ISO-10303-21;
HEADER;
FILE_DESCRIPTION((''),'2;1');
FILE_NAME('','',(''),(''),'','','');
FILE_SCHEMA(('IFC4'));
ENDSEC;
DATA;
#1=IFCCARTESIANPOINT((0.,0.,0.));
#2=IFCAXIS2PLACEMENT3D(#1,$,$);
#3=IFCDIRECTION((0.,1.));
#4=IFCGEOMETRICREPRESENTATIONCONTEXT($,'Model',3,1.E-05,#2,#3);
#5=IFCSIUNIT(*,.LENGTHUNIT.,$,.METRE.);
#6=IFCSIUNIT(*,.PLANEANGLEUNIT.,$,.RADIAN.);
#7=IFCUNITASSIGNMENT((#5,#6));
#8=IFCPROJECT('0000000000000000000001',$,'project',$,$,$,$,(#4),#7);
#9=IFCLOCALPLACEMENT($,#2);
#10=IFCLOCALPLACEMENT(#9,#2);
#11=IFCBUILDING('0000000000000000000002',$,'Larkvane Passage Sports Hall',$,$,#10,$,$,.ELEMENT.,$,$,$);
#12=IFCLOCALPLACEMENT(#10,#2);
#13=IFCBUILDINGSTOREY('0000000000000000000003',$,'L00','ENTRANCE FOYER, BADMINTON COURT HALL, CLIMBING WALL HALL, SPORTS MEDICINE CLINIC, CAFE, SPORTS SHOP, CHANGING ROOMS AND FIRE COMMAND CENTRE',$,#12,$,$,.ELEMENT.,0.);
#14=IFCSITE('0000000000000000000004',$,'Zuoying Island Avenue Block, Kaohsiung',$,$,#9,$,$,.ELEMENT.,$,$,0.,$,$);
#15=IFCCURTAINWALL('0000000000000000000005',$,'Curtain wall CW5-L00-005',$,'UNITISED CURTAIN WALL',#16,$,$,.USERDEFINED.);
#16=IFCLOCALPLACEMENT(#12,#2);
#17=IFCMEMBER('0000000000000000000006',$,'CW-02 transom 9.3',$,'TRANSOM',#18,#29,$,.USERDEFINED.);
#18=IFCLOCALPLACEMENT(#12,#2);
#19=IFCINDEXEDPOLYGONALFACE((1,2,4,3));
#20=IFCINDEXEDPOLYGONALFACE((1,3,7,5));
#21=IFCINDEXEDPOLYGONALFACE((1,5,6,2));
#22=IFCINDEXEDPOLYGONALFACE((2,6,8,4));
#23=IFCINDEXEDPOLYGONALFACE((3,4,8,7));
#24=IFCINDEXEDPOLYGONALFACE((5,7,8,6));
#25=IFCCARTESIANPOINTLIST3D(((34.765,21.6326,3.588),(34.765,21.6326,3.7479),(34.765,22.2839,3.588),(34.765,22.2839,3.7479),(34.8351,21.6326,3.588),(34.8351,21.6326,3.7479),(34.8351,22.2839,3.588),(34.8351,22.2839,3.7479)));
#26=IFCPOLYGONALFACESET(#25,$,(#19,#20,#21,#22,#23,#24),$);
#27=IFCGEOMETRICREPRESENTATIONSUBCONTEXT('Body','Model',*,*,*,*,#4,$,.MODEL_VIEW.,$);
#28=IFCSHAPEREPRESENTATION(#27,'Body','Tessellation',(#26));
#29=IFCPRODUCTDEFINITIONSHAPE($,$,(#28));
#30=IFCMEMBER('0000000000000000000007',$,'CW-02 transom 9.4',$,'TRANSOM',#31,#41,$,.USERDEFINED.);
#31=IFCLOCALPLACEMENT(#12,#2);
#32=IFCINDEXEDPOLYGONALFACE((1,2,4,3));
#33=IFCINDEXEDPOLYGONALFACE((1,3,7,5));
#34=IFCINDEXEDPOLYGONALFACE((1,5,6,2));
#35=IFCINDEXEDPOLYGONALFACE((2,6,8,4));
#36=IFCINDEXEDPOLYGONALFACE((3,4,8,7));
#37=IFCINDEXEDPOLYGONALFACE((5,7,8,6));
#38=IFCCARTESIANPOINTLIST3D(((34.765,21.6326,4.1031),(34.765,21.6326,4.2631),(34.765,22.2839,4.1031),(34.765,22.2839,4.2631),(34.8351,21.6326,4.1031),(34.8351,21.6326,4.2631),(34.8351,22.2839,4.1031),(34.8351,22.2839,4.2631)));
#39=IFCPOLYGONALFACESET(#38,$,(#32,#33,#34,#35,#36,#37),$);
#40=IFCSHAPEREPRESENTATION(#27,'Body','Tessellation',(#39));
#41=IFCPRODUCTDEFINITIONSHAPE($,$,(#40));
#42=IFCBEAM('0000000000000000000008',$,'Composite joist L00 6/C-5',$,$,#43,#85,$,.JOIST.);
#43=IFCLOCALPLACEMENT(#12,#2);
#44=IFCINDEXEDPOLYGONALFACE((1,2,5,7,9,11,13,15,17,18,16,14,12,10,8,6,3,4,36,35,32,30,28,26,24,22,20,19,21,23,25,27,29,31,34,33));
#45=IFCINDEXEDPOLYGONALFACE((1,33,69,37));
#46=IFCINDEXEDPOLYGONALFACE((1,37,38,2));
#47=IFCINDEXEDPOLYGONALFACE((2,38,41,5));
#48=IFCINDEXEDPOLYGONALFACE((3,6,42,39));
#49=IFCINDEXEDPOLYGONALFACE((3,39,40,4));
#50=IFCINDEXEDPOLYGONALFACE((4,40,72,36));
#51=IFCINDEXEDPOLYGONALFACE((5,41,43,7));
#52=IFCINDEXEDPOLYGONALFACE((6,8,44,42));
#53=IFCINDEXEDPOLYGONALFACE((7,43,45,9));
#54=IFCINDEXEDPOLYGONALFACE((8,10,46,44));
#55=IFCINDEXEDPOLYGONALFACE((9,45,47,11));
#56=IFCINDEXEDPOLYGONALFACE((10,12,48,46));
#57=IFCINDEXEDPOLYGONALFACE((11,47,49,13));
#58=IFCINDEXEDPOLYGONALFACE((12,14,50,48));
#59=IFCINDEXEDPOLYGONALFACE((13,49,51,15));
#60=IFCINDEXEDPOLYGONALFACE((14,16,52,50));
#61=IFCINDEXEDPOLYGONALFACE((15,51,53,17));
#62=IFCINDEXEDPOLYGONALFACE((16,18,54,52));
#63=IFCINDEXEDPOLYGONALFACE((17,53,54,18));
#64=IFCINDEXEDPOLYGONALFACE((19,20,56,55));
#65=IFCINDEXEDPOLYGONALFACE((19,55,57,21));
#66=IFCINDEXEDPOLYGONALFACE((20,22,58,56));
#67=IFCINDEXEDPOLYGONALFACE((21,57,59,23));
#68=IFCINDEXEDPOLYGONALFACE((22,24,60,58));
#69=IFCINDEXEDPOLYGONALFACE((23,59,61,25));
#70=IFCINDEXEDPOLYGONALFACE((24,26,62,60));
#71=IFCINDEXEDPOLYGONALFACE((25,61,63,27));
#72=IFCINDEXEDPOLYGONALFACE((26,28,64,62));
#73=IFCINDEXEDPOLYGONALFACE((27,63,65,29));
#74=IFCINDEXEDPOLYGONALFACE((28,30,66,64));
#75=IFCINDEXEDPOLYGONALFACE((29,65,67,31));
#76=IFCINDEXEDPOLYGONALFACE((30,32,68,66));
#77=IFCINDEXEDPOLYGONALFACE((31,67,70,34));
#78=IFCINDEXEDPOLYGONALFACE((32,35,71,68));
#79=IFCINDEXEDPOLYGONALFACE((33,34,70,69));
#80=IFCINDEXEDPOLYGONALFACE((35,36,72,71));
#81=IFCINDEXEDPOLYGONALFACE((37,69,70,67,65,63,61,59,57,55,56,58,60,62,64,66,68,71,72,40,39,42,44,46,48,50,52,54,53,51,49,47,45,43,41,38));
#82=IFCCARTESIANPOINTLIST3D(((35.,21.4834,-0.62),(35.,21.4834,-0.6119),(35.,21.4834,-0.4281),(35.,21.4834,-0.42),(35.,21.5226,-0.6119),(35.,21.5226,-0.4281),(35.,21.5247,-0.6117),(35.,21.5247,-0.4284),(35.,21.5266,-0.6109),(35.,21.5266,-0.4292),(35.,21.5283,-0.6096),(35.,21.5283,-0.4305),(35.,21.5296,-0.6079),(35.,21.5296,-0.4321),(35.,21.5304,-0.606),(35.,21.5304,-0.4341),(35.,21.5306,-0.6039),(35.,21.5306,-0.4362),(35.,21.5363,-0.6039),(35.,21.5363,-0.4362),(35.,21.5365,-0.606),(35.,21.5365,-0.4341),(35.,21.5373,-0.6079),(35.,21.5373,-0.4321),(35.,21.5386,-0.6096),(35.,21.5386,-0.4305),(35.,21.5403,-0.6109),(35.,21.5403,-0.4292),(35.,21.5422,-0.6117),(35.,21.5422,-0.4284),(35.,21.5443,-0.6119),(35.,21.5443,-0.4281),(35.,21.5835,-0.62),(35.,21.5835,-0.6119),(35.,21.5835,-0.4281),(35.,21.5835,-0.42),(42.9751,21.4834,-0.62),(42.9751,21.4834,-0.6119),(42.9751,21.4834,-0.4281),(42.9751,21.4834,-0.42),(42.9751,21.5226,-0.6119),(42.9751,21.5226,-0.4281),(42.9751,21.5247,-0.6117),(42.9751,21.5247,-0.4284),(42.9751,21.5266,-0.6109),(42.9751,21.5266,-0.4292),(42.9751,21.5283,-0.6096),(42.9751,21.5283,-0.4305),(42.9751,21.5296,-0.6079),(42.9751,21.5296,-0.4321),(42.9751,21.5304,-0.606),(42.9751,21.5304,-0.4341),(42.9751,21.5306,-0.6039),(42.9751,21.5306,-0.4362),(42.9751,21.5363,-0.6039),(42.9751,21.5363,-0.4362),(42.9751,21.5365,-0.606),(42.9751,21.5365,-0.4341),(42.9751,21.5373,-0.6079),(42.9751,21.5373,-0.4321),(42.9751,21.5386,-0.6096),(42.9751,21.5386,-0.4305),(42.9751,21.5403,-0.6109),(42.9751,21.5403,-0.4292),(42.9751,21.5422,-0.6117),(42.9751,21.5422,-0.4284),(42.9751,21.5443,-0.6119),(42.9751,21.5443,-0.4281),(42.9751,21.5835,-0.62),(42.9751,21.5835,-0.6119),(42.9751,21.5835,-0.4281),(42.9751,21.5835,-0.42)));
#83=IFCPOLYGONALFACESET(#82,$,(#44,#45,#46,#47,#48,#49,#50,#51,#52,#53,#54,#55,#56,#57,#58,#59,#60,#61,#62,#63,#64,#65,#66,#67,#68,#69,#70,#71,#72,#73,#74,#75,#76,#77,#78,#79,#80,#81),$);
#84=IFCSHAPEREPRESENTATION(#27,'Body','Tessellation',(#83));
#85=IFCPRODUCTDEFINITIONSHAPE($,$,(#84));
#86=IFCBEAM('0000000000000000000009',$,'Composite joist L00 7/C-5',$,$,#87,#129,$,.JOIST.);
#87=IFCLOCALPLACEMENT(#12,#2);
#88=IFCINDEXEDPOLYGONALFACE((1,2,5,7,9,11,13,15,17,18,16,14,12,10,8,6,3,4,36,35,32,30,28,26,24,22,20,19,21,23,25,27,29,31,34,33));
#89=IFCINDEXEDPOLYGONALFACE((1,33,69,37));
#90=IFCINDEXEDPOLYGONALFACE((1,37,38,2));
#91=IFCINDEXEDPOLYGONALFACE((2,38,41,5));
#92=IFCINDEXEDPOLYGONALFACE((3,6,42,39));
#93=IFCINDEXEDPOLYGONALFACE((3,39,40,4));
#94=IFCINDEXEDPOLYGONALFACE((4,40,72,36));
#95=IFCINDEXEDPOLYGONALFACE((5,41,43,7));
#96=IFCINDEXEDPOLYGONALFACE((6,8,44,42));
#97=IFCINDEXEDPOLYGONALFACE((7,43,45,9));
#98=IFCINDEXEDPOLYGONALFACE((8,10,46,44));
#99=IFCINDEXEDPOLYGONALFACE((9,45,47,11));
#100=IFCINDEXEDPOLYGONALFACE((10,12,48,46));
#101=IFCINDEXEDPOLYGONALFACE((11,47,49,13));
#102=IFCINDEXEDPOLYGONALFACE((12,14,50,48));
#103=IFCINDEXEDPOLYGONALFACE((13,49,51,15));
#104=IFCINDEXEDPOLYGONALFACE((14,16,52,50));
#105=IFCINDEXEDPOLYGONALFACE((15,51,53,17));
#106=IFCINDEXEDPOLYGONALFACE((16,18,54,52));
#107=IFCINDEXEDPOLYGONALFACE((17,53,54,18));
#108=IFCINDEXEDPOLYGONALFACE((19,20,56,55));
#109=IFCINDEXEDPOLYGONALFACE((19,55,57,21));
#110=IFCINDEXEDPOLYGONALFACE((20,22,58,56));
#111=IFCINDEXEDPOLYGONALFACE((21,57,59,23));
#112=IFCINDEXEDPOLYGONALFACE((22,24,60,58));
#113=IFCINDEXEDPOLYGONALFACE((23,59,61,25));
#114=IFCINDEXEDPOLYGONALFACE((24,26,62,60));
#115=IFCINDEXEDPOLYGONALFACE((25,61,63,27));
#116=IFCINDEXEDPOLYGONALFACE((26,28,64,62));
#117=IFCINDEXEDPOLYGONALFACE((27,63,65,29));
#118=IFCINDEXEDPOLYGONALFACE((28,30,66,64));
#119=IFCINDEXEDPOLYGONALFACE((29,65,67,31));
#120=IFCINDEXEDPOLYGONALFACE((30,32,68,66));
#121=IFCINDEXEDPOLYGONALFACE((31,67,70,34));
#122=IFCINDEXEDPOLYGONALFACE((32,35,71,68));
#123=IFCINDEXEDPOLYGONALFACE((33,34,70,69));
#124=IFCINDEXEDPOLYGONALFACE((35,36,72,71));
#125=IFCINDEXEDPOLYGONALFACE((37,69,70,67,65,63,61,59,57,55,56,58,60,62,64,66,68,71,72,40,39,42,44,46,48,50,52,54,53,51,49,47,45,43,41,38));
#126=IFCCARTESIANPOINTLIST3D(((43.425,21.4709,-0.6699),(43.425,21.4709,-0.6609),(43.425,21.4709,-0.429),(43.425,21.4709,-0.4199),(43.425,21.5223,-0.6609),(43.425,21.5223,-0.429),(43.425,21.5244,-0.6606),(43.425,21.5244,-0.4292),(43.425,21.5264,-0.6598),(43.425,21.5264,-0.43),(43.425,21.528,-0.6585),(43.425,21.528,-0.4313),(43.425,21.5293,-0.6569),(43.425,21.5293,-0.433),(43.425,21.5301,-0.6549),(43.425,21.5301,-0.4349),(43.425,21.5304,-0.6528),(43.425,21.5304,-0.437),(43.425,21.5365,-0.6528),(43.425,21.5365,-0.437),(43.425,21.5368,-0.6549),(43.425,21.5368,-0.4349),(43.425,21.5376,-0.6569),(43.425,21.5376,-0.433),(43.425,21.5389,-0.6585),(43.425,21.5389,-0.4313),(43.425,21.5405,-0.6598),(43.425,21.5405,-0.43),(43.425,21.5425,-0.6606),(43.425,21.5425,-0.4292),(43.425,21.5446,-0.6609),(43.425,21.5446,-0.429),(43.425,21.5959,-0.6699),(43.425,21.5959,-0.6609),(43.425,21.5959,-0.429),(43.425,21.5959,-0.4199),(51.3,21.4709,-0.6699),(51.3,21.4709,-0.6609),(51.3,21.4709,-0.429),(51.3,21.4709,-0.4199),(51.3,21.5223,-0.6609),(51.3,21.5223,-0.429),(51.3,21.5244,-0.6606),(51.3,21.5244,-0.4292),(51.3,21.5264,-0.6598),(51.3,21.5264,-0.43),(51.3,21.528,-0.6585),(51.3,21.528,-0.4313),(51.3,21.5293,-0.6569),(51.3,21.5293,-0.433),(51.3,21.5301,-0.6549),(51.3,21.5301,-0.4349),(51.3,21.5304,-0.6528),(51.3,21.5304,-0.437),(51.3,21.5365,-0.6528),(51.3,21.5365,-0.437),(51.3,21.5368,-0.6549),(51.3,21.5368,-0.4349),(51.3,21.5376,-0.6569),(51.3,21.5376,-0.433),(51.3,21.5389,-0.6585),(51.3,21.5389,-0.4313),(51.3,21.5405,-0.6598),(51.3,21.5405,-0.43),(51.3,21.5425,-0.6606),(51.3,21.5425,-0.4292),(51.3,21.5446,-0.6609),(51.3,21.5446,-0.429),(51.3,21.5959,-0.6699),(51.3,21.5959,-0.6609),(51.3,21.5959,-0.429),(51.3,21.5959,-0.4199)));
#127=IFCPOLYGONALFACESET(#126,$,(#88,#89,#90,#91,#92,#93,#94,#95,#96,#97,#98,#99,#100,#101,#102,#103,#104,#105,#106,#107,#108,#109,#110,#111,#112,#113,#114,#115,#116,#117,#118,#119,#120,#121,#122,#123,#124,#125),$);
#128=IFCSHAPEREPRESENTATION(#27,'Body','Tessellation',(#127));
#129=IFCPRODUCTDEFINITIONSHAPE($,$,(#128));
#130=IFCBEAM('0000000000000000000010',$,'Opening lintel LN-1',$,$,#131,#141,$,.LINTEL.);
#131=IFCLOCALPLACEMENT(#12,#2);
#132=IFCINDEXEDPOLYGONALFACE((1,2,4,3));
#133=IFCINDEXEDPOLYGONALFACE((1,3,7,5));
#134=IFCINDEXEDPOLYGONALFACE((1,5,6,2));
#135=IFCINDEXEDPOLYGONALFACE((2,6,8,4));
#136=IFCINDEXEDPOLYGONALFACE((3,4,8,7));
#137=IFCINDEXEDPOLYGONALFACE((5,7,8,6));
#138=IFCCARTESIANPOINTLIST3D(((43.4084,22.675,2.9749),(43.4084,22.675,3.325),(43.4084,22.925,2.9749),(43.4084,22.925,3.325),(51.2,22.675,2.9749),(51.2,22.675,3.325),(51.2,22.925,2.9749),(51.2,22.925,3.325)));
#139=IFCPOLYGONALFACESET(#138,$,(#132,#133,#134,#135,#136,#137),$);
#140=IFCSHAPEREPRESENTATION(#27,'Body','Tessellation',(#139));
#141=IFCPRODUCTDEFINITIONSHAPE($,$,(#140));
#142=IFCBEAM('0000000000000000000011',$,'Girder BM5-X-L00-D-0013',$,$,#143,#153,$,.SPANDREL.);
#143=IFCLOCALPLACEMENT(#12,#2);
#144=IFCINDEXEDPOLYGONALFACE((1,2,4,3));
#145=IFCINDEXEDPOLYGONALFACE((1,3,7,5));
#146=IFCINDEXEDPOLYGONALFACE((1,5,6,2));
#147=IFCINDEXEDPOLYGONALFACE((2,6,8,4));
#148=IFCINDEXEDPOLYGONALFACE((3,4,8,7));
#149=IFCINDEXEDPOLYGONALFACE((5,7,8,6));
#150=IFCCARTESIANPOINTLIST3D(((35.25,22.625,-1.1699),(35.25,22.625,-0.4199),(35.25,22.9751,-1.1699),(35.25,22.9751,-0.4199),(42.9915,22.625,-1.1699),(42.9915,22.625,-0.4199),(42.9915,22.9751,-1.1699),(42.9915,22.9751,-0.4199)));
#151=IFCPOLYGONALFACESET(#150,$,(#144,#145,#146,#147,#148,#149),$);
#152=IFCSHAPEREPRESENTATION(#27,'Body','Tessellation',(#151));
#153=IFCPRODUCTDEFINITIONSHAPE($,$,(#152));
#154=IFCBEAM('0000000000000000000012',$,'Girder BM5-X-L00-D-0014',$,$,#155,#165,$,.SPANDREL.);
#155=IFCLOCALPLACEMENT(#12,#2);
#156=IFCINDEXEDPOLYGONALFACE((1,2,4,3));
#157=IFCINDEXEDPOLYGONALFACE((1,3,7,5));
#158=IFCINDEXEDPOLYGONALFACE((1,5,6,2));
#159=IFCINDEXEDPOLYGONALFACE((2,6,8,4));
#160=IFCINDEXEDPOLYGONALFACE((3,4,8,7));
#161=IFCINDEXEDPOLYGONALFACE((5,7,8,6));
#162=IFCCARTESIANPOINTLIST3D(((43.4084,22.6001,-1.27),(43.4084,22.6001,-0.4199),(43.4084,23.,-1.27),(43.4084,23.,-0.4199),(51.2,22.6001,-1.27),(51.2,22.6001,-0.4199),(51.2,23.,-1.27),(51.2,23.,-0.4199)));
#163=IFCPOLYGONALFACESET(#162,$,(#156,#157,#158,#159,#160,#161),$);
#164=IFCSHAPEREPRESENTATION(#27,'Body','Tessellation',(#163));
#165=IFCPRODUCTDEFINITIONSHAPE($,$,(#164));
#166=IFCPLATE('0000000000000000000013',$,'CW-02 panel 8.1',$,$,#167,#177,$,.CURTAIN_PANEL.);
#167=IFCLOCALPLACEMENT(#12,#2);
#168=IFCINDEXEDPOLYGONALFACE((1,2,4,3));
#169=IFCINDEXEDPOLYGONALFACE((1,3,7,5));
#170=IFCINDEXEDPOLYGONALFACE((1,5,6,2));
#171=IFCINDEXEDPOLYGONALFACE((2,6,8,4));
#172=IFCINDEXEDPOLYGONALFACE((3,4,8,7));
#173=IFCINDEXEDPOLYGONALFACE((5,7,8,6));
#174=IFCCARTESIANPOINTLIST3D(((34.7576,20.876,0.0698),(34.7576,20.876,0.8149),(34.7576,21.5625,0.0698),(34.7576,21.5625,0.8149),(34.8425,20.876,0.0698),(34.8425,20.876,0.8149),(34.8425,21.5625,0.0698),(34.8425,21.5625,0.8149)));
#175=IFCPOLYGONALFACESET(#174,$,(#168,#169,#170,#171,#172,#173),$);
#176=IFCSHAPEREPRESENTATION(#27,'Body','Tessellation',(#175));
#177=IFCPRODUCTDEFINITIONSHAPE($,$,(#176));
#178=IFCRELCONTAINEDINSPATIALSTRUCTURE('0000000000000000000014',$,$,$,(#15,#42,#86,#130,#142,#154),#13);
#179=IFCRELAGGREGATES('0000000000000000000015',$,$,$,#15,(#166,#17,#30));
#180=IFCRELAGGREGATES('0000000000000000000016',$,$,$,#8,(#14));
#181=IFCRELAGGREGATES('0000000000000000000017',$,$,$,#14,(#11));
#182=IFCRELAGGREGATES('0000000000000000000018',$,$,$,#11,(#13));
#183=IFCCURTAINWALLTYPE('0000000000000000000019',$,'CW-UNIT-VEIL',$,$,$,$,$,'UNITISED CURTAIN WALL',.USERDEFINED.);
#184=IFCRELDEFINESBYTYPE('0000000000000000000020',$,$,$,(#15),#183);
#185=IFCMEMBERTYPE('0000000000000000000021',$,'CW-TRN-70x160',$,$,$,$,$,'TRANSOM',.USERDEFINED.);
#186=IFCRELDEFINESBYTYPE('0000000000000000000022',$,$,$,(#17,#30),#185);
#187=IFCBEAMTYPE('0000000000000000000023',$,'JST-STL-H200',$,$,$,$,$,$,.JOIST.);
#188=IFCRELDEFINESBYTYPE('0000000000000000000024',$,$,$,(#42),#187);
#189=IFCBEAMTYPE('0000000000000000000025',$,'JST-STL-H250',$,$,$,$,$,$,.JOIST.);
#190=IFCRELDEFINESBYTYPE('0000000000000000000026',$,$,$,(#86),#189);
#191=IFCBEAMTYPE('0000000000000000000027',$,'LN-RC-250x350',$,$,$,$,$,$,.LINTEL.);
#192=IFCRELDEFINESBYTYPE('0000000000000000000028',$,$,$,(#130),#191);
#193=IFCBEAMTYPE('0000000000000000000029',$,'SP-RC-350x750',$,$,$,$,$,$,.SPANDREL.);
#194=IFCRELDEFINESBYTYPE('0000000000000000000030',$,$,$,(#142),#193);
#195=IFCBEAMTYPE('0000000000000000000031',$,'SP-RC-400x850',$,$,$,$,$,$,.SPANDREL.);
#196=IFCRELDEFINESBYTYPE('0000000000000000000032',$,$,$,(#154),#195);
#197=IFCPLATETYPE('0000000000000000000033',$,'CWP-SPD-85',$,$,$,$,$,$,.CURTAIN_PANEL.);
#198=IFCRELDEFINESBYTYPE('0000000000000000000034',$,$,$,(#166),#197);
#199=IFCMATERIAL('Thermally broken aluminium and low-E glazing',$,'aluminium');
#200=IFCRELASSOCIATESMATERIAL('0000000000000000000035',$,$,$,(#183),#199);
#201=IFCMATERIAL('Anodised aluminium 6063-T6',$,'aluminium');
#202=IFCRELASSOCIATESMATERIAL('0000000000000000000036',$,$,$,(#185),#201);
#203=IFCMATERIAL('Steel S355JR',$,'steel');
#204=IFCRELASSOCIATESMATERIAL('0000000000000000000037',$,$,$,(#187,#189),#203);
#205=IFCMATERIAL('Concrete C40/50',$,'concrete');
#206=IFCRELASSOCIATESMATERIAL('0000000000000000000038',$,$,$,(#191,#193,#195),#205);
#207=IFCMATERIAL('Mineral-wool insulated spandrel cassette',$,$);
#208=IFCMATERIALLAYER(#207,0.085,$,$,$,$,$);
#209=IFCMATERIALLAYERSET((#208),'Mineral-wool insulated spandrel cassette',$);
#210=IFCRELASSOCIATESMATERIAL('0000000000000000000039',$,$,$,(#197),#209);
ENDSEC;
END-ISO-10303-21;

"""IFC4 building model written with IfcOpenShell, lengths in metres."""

from ifc_helpers import new_model, si_unit, direction, frame, origin, origin_2d, place, context, subcontext, project, spatial, rectangle, i_section, extrude, material, layer, layer_set, material_profile, profile_set, type_object, element, aggregate, save


model = new_model("IFC4")

# Units and contexts
model_context = context("Model", 3, precision=1e-05, world=origin(), true_north=direction((0.0, 1.0)))
body_context = subcontext(model_context, "Body", "Model", "MODEL_VIEW")
ifc_project = project(units=[si_unit("LENGTHUNIT", "METRE"), si_unit("PLANEANGLEUNIT", "RADIAN")], contexts=[model_context])

# Site, building, storey
site_placement = place(None, origin())
site = spatial("IfcSite", under=ifc_project, at=site_placement, Name="Zuoying Island Avenue Block, Kaohsiung", CompositionType="ELEMENT", RefElevation=0.0)
building_placement = place(site_placement, origin())
building = spatial("IfcBuilding", under=site, at=building_placement, Name="Larkvane Passage Sports Hall", CompositionType="ELEMENT")
storey_placement = place(building_placement, origin())
storey = spatial("IfcBuildingStorey", under=building, at=storey_placement, Name="L00", Description="ENTRANCE FOYER, BADMINTON COURT HALL, CLIMBING WALL HALL, SPORTS MEDICINE CLINIC, CAFE, SPORTS SHOP, CHANGING ROOMS AND FIRE COMMAND CENTRE", CompositionType="ELEMENT", Elevation=0.0)

# Curtain wall, members
ifc_material_1 = material(Name="Thermally broken aluminium and low-E glazing", Category="aluminium")
curtain_wall_type = type_object("IfcCurtainWallType", Name="CW-UNIT-VEIL", ElementType="UNITISED CURTAIN WALL", PredefinedType="USERDEFINED", material=ifc_material_1)
curtain_wall_placement = place(storey_placement, origin())
curtain_wall = element("IfcCurtainWall", 1, at=curtain_wall_placement, inside=storey, type_object=curtain_wall_type, Name="Curtain wall CW5-L00-005", ObjectType="UNITISED CURTAIN WALL", PredefinedType="USERDEFINED")
ifc_material_2 = material(Name="Anodised aluminium 6063-T6", Category="aluminium")
ifc_material_profile_1 = material_profile(ifc_material_2, rectangle(XDim=0.0701, YDim=0.1599, at=origin_2d()), Name="ALU-TRN-70x160")
ifc_profile_set_1 = profile_set([ifc_material_profile_1], Name="Anodised aluminium 6063-T6")
member_type_1 = type_object("IfcMemberType", Name="CW-TRN-70x160", ElementType="TRANSOM", PredefinedType="USERDEFINED", material=ifc_profile_set_1)
member_1_placement = place(storey_placement, frame((34.8, 21.6326, 3.668), z_axis=(0.0, 1.0, 0.0), x_axis=(-1.0, 0.0, 0.0)))
member_1 = element("IfcMember", 2, at=member_1_placement, type_object=member_type_1, Name="CW-02 transom 9.3", ObjectType="TRANSOM", PredefinedType="USERDEFINED", context=body_context, shape_type="SweptSolid", body=[
    extrude(rectangle(XDim=0.0701, YDim=0.1599, at=origin_2d()), origin(), (0.0, 0.0, 1.0), 0.6514),
])
member_2_placement = place(storey_placement, frame((34.8, 21.6326, 4.1831), z_axis=(0.0, 1.0, 0.0), x_axis=(-1.0, 0.0, 0.0)))
member_2 = element("IfcMember", 3, at=member_2_placement, type_object=member_type_1, Name="CW-02 transom 9.4", ObjectType="TRANSOM", PredefinedType="USERDEFINED", context=body_context, shape_type="SweptSolid", body=[
    extrude(rectangle(XDim=0.0701, YDim=0.1599, at=origin_2d()), origin(), (0.0, 0.0, 1.0), 0.6514),
])

# Beams
ifc_material_3 = material(Name="Steel S355JR", Category="steel")
ifc_material_profile_2 = material_profile(ifc_material_3, i_section(OverallWidth=0.1001, OverallDepth=0.2, WebThickness=0.0056, FlangeThickness=0.0081, FilletRadius=0.0081, at=origin_2d()), Name="H-200x100x5.5x8")
ifc_profile_set_2 = profile_set([ifc_material_profile_2], Name="Steel S355JR")
beam_type_1 = type_object("IfcBeamType", Name="JST-STL-H200", PredefinedType="JOIST", material=ifc_profile_set_2)
beam_1_placement = place(storey_placement, frame((35.0, 21.5334, -0.52), z_axis=(1.0, 0.0, 0.0), x_axis=(0.0, 1.0, 0.0)))
element("IfcBeam", 4, at=beam_1_placement, inside=storey, type_object=beam_type_1, Name="Composite joist L00 6/C-5", PredefinedType="JOIST", context=body_context, shape_type="SweptSolid", body=[
    extrude(i_section(OverallWidth=0.1001, OverallDepth=0.2, WebThickness=0.0056, FlangeThickness=0.0081, FilletRadius=0.0081, at=origin_2d()), origin(), (0.0, 0.0, 1.0), 7.9751),
])
ifc_material_profile_3 = material_profile(ifc_material_3, i_section(OverallWidth=0.125, OverallDepth=0.25, WebThickness=0.0061, FlangeThickness=0.009, FilletRadius=0.0081, at=origin_2d()), Name="H-250x125x6x9")
ifc_profile_set_3 = profile_set([ifc_material_profile_3], Name="Steel S355JR")
beam_type_2 = type_object("IfcBeamType", Name="JST-STL-H250", PredefinedType="JOIST", material=ifc_profile_set_3)
beam_2_placement = place(storey_placement, frame((43.425, 21.5334, -0.5449), z_axis=(1.0, 0.0, 0.0), x_axis=(0.0, 1.0, 0.0)))
element("IfcBeam", 5, at=beam_2_placement, inside=storey, type_object=beam_type_2, Name="Composite joist L00 7/C-5", PredefinedType="JOIST", context=body_context, shape_type="SweptSolid", body=[
    extrude(i_section(OverallWidth=0.125, OverallDepth=0.25, WebThickness=0.0061, FlangeThickness=0.009, FilletRadius=0.0081, at=origin_2d()), origin(), (0.0, 0.0, 1.0), 7.875),
])
ifc_material_4 = material(Name="Concrete C40/50", Category="concrete")
ifc_material_profile_4 = material_profile(ifc_material_4, rectangle(XDim=0.25, YDim=0.3501, at=origin_2d()), Name="RC-LN-250x350")
ifc_profile_set_4 = profile_set([ifc_material_profile_4], Name="Concrete C40/50")
beam_type_3 = type_object("IfcBeamType", Name="LN-RC-250x350", PredefinedType="LINTEL", material=ifc_profile_set_4)
beam_3_placement = place(storey_placement, frame((43.4084, 22.8, 3.1499), z_axis=(1.0, 0.0, 0.0), x_axis=(0.0, 1.0, 0.0)))
element("IfcBeam", 6, at=beam_3_placement, inside=storey, type_object=beam_type_3, Name="Opening lintel LN-1", PredefinedType="LINTEL", context=body_context, shape_type="SweptSolid", body=[
    extrude(rectangle(XDim=0.25, YDim=0.3501, at=origin_2d()), origin(), (0.0, 0.0, 1.0), 7.7915),
])
ifc_material_profile_5 = material_profile(ifc_material_4, rectangle(XDim=0.3501, YDim=0.75, at=origin_2d()), Name="RC-SP-350x750")
ifc_profile_set_5 = profile_set([ifc_material_profile_5], Name="Concrete C40/50")
beam_type_4 = type_object("IfcBeamType", Name="SP-RC-350x750", PredefinedType="SPANDREL", material=ifc_profile_set_5)
beam_4_placement = place(storey_placement, frame((35.25, 22.8, -0.7949), z_axis=(1.0, 0.0, 0.0), x_axis=(0.0, 1.0, 0.0)))
element("IfcBeam", 7, at=beam_4_placement, inside=storey, type_object=beam_type_4, Name="Girder BM5-X-L00-D-0013", PredefinedType="SPANDREL", context=body_context, shape_type="SweptSolid", body=[
    extrude(rectangle(XDim=0.3501, YDim=0.75, at=origin_2d()), origin(), (0.0, 0.0, 1.0), 7.7415),
])
ifc_material_profile_6 = material_profile(ifc_material_4, rectangle(XDim=0.3999, YDim=0.8501, at=origin_2d()), Name="RC-SP-400x850")
ifc_profile_set_6 = profile_set([ifc_material_profile_6], Name="Concrete C40/50")
beam_type_5 = type_object("IfcBeamType", Name="SP-RC-400x850", PredefinedType="SPANDREL", material=ifc_profile_set_6)
beam_5_placement = place(storey_placement, frame((43.4084, 22.8, -0.845), z_axis=(1.0, 0.0, 0.0), x_axis=(0.0, 1.0, 0.0)))
element("IfcBeam", 8, at=beam_5_placement, inside=storey, type_object=beam_type_5, Name="Girder BM5-X-L00-D-0014", PredefinedType="SPANDREL", context=body_context, shape_type="SweptSolid", body=[
    extrude(rectangle(XDim=0.3999, YDim=0.8501, at=origin_2d()), origin(), (0.0, 0.0, 1.0), 7.7915),
])

# Plate
ifc_material_5 = material(Name="Mineral-wool insulated spandrel cassette")
ifc_layer_1 = layer(ifc_material_5, 0.085)
ifc_layer_set_1 = layer_set([ifc_layer_1], Name="Mineral-wool insulated spandrel cassette")
plate_type_1 = type_object("IfcPlateType", Name="CWP-SPD-85", PredefinedType="CURTAIN_PANEL", material=ifc_layer_set_1)
plate_1_placement = place(storey_placement, frame((34.8, 21.2192, 0.0698), z_axis=(0.0, 0.0, 1.0), x_axis=(0.0, 1.0, 0.0)))
plate_1 = element("IfcPlate", 9, at=plate_1_placement, type_object=plate_type_1, Name="CW-02 panel 8.1", PredefinedType="CURTAIN_PANEL", context=body_context, shape_type="SweptSolid", body=[
    extrude(rectangle(XDim=0.6865, YDim=0.085, at=origin_2d()), origin(), (0.0, 0.0, 1.0), 0.7451),
])
aggregate(curtain_wall, [plate_1, member_1, member_2])

save(model, "model.ifc")
